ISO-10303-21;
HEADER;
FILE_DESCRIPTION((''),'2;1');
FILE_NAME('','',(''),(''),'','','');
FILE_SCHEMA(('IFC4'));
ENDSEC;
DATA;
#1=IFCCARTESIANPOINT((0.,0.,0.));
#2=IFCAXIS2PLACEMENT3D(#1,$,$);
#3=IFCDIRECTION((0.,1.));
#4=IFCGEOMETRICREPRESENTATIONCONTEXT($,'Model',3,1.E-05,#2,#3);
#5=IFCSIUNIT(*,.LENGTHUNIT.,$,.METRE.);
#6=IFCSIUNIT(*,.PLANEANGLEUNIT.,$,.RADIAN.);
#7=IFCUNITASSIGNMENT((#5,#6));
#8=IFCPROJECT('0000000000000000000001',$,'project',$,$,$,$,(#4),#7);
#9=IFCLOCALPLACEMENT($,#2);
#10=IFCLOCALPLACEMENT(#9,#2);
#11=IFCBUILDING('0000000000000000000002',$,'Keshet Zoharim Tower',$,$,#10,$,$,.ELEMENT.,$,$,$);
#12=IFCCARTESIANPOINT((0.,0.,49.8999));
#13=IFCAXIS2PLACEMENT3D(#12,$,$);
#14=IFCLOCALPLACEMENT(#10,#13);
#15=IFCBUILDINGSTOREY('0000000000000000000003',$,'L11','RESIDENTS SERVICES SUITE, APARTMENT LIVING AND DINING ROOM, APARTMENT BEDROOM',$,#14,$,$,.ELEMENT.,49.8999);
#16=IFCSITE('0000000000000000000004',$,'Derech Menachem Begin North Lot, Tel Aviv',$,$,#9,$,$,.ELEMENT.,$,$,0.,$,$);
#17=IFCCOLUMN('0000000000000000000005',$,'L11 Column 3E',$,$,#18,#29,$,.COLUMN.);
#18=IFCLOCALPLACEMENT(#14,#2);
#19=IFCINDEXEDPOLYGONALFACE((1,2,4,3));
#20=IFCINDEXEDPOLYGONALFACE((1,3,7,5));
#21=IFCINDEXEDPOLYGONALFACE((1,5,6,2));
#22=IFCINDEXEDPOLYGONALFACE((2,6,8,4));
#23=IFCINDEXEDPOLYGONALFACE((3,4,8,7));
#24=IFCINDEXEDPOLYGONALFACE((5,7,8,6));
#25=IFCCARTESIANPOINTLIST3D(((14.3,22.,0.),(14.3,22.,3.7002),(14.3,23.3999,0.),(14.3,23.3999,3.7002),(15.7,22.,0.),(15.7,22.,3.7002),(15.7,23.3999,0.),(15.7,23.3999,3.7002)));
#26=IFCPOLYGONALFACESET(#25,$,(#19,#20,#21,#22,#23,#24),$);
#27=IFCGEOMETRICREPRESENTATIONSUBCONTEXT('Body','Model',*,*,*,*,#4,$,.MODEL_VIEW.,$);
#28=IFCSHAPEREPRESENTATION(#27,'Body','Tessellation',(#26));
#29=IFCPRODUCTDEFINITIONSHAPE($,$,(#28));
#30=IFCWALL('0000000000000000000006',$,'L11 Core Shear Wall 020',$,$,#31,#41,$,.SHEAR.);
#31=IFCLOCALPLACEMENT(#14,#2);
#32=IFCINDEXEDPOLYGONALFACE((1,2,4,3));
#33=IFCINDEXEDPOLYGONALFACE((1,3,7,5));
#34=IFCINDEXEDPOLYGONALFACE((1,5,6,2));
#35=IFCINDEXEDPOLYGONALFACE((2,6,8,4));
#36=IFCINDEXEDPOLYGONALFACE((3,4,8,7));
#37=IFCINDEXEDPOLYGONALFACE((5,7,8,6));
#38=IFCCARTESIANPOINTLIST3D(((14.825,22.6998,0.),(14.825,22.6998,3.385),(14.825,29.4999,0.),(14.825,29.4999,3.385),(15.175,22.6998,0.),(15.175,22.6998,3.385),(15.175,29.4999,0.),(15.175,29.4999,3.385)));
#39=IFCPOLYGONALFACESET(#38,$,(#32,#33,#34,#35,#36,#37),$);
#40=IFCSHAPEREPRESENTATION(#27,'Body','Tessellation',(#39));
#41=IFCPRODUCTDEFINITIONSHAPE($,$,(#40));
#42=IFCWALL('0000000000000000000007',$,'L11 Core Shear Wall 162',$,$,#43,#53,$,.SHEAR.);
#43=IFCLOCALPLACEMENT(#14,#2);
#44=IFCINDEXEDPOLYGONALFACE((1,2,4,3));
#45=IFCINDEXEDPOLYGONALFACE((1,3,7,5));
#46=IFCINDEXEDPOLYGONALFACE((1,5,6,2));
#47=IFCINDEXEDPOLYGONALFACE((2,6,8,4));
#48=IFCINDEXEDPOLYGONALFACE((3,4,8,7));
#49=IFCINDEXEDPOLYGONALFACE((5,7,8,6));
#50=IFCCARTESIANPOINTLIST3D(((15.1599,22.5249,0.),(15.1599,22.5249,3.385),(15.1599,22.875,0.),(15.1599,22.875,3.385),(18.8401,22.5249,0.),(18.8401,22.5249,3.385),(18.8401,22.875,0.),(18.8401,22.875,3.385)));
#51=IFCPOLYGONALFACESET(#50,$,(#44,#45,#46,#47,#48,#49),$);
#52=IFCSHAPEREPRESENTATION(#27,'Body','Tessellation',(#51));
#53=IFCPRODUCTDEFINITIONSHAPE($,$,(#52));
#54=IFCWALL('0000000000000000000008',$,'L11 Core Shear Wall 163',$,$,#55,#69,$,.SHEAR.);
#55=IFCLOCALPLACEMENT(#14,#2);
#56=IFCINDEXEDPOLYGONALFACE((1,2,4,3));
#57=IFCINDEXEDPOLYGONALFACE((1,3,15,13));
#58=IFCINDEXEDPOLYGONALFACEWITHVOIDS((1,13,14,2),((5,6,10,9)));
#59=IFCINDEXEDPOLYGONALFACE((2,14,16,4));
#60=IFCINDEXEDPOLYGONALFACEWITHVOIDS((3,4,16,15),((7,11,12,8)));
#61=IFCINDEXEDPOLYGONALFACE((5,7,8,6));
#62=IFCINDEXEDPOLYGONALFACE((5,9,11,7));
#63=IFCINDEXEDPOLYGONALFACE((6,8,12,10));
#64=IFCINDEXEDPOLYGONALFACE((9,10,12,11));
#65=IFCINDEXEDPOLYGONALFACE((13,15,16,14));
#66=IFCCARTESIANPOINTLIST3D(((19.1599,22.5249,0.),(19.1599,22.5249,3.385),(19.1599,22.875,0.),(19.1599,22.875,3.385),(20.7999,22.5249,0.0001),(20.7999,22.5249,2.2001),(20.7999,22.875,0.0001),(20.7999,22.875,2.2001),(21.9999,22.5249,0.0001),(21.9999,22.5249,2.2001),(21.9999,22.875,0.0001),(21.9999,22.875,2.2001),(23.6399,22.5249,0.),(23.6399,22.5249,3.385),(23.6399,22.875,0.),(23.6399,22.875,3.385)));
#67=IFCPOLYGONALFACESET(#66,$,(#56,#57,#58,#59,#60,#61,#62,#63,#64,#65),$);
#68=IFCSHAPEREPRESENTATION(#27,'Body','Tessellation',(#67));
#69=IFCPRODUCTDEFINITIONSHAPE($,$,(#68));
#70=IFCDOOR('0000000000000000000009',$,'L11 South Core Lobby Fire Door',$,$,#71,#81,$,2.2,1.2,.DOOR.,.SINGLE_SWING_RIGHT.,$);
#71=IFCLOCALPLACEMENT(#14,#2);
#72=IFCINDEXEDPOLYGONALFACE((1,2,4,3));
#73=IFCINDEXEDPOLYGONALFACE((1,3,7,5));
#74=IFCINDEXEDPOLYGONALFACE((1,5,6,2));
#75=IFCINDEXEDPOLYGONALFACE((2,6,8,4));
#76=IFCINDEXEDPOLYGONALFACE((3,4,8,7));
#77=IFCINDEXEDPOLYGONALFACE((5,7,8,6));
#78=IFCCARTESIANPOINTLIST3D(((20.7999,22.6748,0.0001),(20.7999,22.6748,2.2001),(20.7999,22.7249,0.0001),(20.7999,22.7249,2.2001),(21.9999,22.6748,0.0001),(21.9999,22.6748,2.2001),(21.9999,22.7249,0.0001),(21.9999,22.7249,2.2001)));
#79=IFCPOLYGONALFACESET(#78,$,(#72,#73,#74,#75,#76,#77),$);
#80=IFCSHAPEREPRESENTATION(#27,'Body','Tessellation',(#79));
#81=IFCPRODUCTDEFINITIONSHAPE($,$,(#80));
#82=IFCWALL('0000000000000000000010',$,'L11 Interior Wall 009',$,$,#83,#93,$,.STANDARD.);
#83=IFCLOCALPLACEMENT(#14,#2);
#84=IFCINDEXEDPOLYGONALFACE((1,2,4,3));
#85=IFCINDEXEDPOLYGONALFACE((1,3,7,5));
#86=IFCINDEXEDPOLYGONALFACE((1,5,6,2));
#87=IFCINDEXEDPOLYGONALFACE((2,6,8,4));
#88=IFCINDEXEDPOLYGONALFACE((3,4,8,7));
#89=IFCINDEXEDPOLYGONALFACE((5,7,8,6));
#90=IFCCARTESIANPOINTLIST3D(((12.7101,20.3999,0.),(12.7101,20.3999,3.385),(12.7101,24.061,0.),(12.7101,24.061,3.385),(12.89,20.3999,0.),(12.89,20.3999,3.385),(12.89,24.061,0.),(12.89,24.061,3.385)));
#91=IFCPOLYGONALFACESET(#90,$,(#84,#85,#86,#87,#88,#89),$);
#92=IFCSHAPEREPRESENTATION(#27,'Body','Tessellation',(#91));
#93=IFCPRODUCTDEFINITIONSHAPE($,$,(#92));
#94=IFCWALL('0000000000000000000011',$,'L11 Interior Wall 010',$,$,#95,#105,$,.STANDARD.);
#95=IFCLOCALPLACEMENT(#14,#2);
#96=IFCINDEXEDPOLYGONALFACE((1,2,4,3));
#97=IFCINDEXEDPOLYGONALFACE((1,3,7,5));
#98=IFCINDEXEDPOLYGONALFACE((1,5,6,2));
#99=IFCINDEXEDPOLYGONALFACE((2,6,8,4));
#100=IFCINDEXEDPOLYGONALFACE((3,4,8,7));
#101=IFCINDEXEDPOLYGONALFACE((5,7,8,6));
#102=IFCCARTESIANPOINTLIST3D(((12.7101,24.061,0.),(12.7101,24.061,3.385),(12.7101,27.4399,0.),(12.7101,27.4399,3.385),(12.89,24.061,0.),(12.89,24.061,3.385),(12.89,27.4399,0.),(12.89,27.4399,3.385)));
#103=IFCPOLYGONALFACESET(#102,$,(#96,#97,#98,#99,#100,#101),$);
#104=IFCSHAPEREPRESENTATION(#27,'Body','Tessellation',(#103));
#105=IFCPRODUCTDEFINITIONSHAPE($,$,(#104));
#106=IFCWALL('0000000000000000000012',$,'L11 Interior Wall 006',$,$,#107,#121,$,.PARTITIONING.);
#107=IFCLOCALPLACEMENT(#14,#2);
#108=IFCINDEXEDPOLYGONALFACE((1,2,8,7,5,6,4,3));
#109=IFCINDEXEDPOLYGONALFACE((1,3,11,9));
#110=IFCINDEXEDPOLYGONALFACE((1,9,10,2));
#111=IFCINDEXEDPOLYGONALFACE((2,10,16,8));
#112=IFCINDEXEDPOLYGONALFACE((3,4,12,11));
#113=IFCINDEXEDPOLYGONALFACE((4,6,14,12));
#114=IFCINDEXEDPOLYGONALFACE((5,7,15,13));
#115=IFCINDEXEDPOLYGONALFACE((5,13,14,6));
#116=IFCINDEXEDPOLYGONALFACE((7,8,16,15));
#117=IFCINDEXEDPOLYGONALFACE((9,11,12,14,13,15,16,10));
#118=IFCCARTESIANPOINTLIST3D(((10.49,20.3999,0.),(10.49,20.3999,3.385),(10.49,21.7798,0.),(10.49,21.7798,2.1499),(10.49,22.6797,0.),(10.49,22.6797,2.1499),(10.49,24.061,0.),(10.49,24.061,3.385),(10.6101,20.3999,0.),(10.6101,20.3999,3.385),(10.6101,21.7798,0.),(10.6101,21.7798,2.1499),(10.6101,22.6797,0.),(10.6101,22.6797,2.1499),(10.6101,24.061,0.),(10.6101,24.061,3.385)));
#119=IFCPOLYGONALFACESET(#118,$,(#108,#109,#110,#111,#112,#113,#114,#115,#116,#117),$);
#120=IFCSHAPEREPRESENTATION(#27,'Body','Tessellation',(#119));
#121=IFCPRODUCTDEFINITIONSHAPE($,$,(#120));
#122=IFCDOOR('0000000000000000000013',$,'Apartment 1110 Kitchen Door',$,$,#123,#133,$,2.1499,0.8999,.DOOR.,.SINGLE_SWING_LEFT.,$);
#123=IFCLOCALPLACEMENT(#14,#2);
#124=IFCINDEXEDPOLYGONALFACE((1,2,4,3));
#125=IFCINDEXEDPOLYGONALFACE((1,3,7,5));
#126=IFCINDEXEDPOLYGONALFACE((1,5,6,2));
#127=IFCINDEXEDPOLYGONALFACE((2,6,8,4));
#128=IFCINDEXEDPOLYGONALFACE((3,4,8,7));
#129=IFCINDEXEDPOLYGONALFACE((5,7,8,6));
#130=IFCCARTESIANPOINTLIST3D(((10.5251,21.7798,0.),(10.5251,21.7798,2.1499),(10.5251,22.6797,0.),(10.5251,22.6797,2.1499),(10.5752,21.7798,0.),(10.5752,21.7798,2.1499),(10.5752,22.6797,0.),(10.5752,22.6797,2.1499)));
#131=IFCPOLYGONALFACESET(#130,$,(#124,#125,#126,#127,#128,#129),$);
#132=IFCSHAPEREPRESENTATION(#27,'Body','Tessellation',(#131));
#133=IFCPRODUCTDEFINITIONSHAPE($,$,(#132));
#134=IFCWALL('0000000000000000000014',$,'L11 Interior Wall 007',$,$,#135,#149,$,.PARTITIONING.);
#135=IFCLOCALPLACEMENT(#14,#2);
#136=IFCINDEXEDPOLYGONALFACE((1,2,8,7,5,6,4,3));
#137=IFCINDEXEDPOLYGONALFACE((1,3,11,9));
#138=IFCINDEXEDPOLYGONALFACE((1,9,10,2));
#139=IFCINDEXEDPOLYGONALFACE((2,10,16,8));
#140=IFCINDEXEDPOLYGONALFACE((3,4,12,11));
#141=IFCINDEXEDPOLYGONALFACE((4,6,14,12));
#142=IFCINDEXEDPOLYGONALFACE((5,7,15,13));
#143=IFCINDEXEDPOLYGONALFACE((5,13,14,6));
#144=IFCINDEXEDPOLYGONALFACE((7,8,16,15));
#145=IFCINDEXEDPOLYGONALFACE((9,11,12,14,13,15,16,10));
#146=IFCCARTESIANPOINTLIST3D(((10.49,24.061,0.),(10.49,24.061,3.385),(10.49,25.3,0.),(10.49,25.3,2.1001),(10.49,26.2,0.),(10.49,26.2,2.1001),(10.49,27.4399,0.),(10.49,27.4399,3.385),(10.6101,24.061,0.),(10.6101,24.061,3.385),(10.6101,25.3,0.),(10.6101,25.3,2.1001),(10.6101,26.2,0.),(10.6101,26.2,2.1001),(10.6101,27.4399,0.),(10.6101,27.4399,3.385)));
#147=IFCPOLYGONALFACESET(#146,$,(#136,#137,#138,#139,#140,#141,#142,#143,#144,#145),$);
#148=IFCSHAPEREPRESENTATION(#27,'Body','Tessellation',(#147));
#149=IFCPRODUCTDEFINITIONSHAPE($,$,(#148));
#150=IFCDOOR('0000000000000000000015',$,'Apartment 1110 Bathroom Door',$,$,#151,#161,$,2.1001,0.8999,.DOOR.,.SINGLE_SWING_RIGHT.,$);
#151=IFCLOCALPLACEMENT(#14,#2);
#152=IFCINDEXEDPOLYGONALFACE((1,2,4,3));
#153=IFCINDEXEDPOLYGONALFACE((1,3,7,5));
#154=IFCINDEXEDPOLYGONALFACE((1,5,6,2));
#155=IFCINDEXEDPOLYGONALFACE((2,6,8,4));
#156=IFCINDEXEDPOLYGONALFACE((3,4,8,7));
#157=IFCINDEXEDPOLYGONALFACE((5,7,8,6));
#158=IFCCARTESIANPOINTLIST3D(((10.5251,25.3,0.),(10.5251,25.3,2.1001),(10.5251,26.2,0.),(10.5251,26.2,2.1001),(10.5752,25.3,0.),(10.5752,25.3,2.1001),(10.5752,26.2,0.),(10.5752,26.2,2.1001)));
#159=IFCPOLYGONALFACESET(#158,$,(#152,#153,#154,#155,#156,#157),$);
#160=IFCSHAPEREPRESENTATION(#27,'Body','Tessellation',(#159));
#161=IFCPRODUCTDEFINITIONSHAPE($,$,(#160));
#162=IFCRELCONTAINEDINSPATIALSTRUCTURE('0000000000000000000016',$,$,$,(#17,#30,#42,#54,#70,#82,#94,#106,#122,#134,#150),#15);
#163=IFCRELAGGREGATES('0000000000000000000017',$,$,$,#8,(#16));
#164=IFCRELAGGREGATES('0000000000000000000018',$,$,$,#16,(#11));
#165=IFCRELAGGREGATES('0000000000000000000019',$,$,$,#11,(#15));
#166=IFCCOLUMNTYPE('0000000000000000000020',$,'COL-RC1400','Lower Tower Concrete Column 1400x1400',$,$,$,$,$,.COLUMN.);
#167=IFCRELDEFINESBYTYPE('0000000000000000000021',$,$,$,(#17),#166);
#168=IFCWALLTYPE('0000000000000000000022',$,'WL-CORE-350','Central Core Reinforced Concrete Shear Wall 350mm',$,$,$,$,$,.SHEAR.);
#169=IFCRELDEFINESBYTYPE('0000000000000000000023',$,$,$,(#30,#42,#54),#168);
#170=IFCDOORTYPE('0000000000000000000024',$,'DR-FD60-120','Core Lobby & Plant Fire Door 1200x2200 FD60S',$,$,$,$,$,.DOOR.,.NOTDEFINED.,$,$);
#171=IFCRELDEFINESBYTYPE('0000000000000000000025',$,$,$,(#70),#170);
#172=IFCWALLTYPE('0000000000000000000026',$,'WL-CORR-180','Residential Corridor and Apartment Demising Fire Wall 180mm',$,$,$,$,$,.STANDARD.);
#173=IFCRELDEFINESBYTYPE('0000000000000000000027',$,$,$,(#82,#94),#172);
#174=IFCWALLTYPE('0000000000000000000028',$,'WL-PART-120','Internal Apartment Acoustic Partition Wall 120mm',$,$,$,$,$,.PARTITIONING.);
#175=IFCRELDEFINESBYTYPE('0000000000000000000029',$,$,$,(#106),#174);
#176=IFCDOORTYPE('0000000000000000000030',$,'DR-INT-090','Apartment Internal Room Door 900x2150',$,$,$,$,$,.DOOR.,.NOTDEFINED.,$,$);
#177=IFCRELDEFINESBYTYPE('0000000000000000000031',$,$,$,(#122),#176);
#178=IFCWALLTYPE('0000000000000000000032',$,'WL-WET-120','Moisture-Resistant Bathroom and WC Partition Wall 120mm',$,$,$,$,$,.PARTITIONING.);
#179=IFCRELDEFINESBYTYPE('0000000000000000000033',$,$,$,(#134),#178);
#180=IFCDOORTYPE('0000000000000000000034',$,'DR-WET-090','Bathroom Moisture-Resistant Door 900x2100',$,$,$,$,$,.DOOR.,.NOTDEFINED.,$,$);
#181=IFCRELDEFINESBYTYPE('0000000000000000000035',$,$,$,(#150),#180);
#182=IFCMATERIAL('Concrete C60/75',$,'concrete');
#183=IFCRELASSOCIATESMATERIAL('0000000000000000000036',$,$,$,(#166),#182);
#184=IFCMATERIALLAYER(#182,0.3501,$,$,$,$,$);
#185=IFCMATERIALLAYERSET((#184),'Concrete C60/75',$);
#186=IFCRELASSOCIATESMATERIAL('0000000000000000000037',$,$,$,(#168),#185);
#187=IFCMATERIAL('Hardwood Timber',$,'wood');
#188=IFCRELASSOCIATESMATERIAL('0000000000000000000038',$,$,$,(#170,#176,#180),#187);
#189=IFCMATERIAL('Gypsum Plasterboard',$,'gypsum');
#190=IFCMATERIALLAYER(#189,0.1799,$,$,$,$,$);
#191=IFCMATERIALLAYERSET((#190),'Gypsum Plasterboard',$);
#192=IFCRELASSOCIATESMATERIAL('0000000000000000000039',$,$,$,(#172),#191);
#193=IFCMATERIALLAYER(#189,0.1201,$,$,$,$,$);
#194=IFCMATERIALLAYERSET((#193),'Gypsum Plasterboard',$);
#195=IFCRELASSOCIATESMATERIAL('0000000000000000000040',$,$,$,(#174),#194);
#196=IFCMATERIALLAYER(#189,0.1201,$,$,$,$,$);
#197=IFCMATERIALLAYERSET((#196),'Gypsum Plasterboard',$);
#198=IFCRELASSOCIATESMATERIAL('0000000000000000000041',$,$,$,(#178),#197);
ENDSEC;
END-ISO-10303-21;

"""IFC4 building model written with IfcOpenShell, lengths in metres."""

from ifc_helpers import new_model, si_unit, direction, frame, frame_2d, origin, origin_2d, place, context, subcontext, project, spatial, rectangle, extrude, material, layer, layer_set, material_profile, profile_set, type_object, element, fill, save


model = new_model("IFC4")

# Units and contexts
model_context = context("Model", 3, precision=1e-05, world=origin(), true_north=direction((0.0, 1.0)))
body_context = subcontext(model_context, "Body", "Model", "MODEL_VIEW")
ifc_project = project(units=[si_unit("LENGTHUNIT", "METRE"), si_unit("PLANEANGLEUNIT", "RADIAN")], contexts=[model_context])

# Site, building, storey
site_placement = place(None, origin())
site = spatial("IfcSite", under=ifc_project, at=site_placement, Name="Derech Menachem Begin North Lot, Tel Aviv", CompositionType="ELEMENT", RefElevation=0.0)
building_placement = place(site_placement, origin())
building = spatial("IfcBuilding", under=site, at=building_placement, Name="Keshet Zoharim Tower", CompositionType="ELEMENT")
storey_placement = place(building_placement, frame((0.0, 0.0, 49.8999)))
storey = spatial("IfcBuildingStorey", under=building, at=storey_placement, Name="L11", Description="RESIDENTS SERVICES SUITE, APARTMENT LIVING AND DINING ROOM, APARTMENT BEDROOM", CompositionType="ELEMENT", Elevation=49.8999)

# Column
ifc_material_1 = material(Name="Concrete C60/75", Category="concrete")
ifc_material_profile = material_profile(ifc_material_1, rectangle(XDim=1.3999, YDim=1.3999, at=origin_2d()), Name="RC1400x1400")
ifc_profile_set = profile_set([ifc_material_profile], Name="Concrete C60/75")
column_type = type_object("IfcColumnType", Name="COL-RC1400", Description="Lower Tower Concrete Column 1400x1400", PredefinedType="COLUMN", material=ifc_profile_set)
column_placement = place(storey_placement, frame((15.0, 22.7, 0.0), z_axis=(0.0, 0.0, 1.0), x_axis=(1.0, 0.0, 0.0)))
element("IfcColumn", 1, at=column_placement, inside=storey, type_object=column_type, Name="L11 Column 3E", PredefinedType="COLUMN", context=body_context, shape_type="SweptSolid", body=[
    extrude(rectangle(XDim=1.3999, YDim=1.3999, at=origin_2d()), origin(), (0.0, 0.0, 1.0), 3.7002),
])

# Wall
ifc_layer_1 = layer(ifc_material_1, 0.3501)
ifc_layer_set_1 = layer_set([ifc_layer_1], Name="Concrete C60/75")
wall_type_1 = type_object("IfcWallType", Name="WL-CORE-350", Description="Central Core Reinforced Concrete Shear Wall 350mm", PredefinedType="SHEAR", material=ifc_layer_set_1)
wall_1_placement = place(storey_placement, frame((15.0, 22.7, 0.0), z_axis=(0.0, 0.0, 1.0), x_axis=(0.0, 1.0, 0.0)))
element("IfcWall", 2, at=wall_1_placement, inside=storey, type_object=wall_type_1, Name="L11 Core Shear Wall 020", PredefinedType="SHEAR", context=body_context, shape_type="SweptSolid", body=[
    extrude(rectangle(XDim=6.8, YDim=0.3501, at=frame_2d((3.3999, 0.0))), origin(), (0.0, 0.0, 1.0), 3.385),
])

# Shared definitions
ifc_material_2 = material(Name="Hardwood Timber", Category="wood")

# Wall
wall_2_placement = place(storey_placement, frame((15.1599, 22.7, 0.0), z_axis=(0.0, 0.0, 1.0), x_axis=(1.0, 0.0, 0.0)))
element("IfcWall", 3, at=wall_2_placement, inside=storey, type_object=wall_type_1, Name="L11 Core Shear Wall 162", PredefinedType="SHEAR", context=body_context, shape_type="SweptSolid", body=[
    extrude(rectangle(XDim=3.6802, YDim=0.3501, at=frame_2d((1.8401, 0.0))), origin(), (0.0, 0.0, 1.0), 3.385),
])

# Wall, opening, door
wall_3_placement = place(storey_placement, frame((19.1599, 22.7, 0.0), z_axis=(0.0, 0.0, 1.0), x_axis=(1.0, 0.0, 0.0)))
wall_3 = element("IfcWall", 4, at=wall_3_placement, inside=storey, type_object=wall_type_1, Name="L11 Core Shear Wall 163", PredefinedType="SHEAR", context=body_context, shape_type="SweptSolid", body=[
    extrude(rectangle(XDim=4.48, YDim=0.3501, at=frame_2d((2.24, 0.0))), origin(), (0.0, 0.0, 1.0), 3.385),
])
opening_1_placement = place(wall_3_placement, frame((1.6399, 0.0, 0.0)))
opening_1 = element("IfcOpeningElement", 5, at=opening_1_placement, cuts=wall_3, PredefinedType="OPENING", context=body_context, shape_type="SweptSolid", body=[
    extrude(rectangle(XDim=1.2, YDim=2.2, at=frame_2d((0.6001, 1.1001))), frame((0.0, 0.1851, 0.0), z_axis=(0.0, -1.0, 0.0), x_axis=(1.0, 0.0, 0.0)), (0.0, 0.0, 1.0), 0.3701),
])
door_type_1 = type_object("IfcDoorType", Name="DR-FD60-120", Description="Core Lobby & Plant Fire Door 1200x2200 FD60S", OperationType="NOTDEFINED", PredefinedType="DOOR", material=ifc_material_2)
door_1_placement = place(opening_1_placement, origin())
door_1 = element("IfcDoor", 6, at=door_1_placement, inside=storey, type_object=door_type_1, Name="L11 South Core Lobby Fire Door", OperationType="SINGLE_SWING_RIGHT", OverallHeight=2.2, OverallWidth=1.2, PredefinedType="DOOR", context=body_context, shape_type="SweptSolid", body=[
    extrude(rectangle(XDim=1.2, YDim=2.2, at=frame_2d((0.6001, 1.1001))), frame((0.0, 0.0249, 0.0), z_axis=(0.0, -1.0, 0.0), x_axis=(1.0, 0.0, 0.0)), (0.0, 0.0, 1.0), 0.05),
])
fill(opening_1, door_1)

# Walls
ifc_material_3 = material(Name="Gypsum Plasterboard", Category="gypsum")
ifc_layer_2 = layer(ifc_material_3, 0.1799)
ifc_layer_set_2 = layer_set([ifc_layer_2], Name="Gypsum Plasterboard")
wall_type_2 = type_object("IfcWallType", Name="WL-CORR-180", Description="Residential Corridor and Apartment Demising Fire Wall 180mm", PredefinedType="STANDARD", material=ifc_layer_set_2)
wall_4_placement = place(storey_placement, frame((12.8, 20.3999, 0.0), z_axis=(0.0, 0.0, 1.0), x_axis=(0.0, 1.0, 0.0)))
element("IfcWall", 7, at=wall_4_placement, inside=storey, type_object=wall_type_2, Name="L11 Interior Wall 009", PredefinedType="STANDARD", context=body_context, shape_type="SweptSolid", body=[
    extrude(rectangle(XDim=3.6611, YDim=0.1799, at=frame_2d((1.8306, 0.0))), origin(), (0.0, 0.0, 1.0), 3.385),
])
wall_5_placement = place(storey_placement, frame((12.8, 24.061, 0.0), z_axis=(0.0, 0.0, 1.0), x_axis=(0.0, 1.0, 0.0)))
element("IfcWall", 8, at=wall_5_placement, inside=storey, type_object=wall_type_2, Name="L11 Interior Wall 010", PredefinedType="STANDARD", context=body_context, shape_type="SweptSolid", body=[
    extrude(rectangle(XDim=3.3789, YDim=0.1799, at=frame_2d((1.6895, 0.0))), origin(), (0.0, 0.0, 1.0), 3.385),
])

# Shared definitions
ifc_layer_3 = layer(ifc_material_3, 0.1201)
ifc_layer_set_3 = layer_set([ifc_layer_3], Name="Gypsum Plasterboard")
wall_type_3 = type_object("IfcWallType", Name="WL-PART-120", Description="Internal Apartment Acoustic Partition Wall 120mm", PredefinedType="PARTITIONING", material=ifc_layer_set_3)
door_type_2 = type_object("IfcDoorType", Name="DR-INT-090", Description="Apartment Internal Room Door 900x2150", OperationType="NOTDEFINED", PredefinedType="DOOR", material=ifc_material_2)

# Wall, opening, door
wall_6_placement = place(storey_placement, frame((10.55, 20.3999, 0.0), z_axis=(0.0, 0.0, 1.0), x_axis=(0.0, 1.0, 0.0)))
wall_6 = element("IfcWall", 9, at=wall_6_placement, inside=storey, type_object=wall_type_3, Name="L11 Interior Wall 006", PredefinedType="PARTITIONING", context=body_context, shape_type="SweptSolid", body=[
    extrude(rectangle(XDim=3.6611, YDim=0.1201, at=frame_2d((1.8306, 0.0))), origin(), (0.0, 0.0, 1.0), 3.385),
])
opening_2_placement = place(wall_6_placement, frame((1.3799, 0.0, 0.0)))
opening_2 = element("IfcOpeningElement", 10, at=opening_2_placement, cuts=wall_6, PredefinedType="OPENING", context=body_context, shape_type="SweptSolid", body=[
    extrude(rectangle(XDim=0.8999, YDim=2.1499, at=frame_2d((0.45, 1.075))), frame((0.0, 0.0701, 0.0), z_axis=(0.0, -1.0, 0.0), x_axis=(1.0, 0.0, 0.0)), (0.0, 0.0, 1.0), 0.1401),
])
door_2_placement = place(opening_2_placement, origin())
door_2 = element("IfcDoor", 11, at=door_2_placement, inside=storey, type_object=door_type_2, Name="Apartment 1110 Kitchen Door", OperationType="SINGLE_SWING_LEFT", OverallHeight=2.1499, OverallWidth=0.8999, PredefinedType="DOOR", context=body_context, shape_type="SweptSolid", body=[
    extrude(rectangle(XDim=0.8999, YDim=2.1499, at=frame_2d((0.45, 1.075))), frame((0.0, 0.0249, 0.0), z_axis=(0.0, -1.0, 0.0), x_axis=(1.0, 0.0, 0.0)), (0.0, 0.0, 1.0), 0.05),
])
fill(opening_2, door_2)

# Wall, opening, door
ifc_layer_4 = layer(ifc_material_3, 0.1201)
ifc_layer_set_4 = layer_set([ifc_layer_4], Name="Gypsum Plasterboard")
wall_type_4 = type_object("IfcWallType", Name="WL-WET-120", Description="Moisture-Resistant Bathroom and WC Partition Wall 120mm", PredefinedType="PARTITIONING", material=ifc_layer_set_4)
wall_7_placement = place(storey_placement, frame((10.55, 24.061, 0.0), z_axis=(0.0, 0.0, 1.0), x_axis=(0.0, 1.0, 0.0)))
wall_7 = element("IfcWall", 12, at=wall_7_placement, inside=storey, type_object=wall_type_4, Name="L11 Interior Wall 007", PredefinedType="PARTITIONING", context=body_context, shape_type="SweptSolid", body=[
    extrude(rectangle(XDim=3.3789, YDim=0.1201, at=frame_2d((1.6895, 0.0))), origin(), (0.0, 0.0, 1.0), 3.385),
])
opening_3_placement = place(wall_7_placement, frame((1.239, 0.0, 0.0)))
opening_3 = element("IfcOpeningElement", 13, at=opening_3_placement, cuts=wall_7, PredefinedType="OPENING", context=body_context, shape_type="SweptSolid", body=[
    extrude(rectangle(XDim=0.8999, YDim=2.1001, at=frame_2d((0.45, 1.05))), frame((0.0, 0.0701, 0.0), z_axis=(0.0, -1.0, 0.0), x_axis=(1.0, 0.0, 0.0)), (0.0, 0.0, 1.0), 0.1401),
])
door_type_3 = type_object("IfcDoorType", Name="DR-WET-090", Description="Bathroom Moisture-Resistant Door 900x2100", OperationType="NOTDEFINED", PredefinedType="DOOR", material=ifc_material_2)
door_3_placement = place(opening_3_placement, origin())
door_3 = element("IfcDoor", 14, at=door_3_placement, inside=storey, type_object=door_type_3, Name="Apartment 1110 Bathroom Door", OperationType="SINGLE_SWING_RIGHT", OverallHeight=2.1001, OverallWidth=0.8999, PredefinedType="DOOR", context=body_context, shape_type="SweptSolid", body=[
    extrude(rectangle(XDim=0.8999, YDim=2.1001, at=frame_2d((0.45, 1.05))), frame((0.0, 0.0249, 0.0), z_axis=(0.0, -1.0, 0.0), x_axis=(1.0, 0.0, 0.0)), (0.0, 0.0, 1.0), 0.05),
])
fill(opening_3, door_3)

save(model, "model.ifc")
